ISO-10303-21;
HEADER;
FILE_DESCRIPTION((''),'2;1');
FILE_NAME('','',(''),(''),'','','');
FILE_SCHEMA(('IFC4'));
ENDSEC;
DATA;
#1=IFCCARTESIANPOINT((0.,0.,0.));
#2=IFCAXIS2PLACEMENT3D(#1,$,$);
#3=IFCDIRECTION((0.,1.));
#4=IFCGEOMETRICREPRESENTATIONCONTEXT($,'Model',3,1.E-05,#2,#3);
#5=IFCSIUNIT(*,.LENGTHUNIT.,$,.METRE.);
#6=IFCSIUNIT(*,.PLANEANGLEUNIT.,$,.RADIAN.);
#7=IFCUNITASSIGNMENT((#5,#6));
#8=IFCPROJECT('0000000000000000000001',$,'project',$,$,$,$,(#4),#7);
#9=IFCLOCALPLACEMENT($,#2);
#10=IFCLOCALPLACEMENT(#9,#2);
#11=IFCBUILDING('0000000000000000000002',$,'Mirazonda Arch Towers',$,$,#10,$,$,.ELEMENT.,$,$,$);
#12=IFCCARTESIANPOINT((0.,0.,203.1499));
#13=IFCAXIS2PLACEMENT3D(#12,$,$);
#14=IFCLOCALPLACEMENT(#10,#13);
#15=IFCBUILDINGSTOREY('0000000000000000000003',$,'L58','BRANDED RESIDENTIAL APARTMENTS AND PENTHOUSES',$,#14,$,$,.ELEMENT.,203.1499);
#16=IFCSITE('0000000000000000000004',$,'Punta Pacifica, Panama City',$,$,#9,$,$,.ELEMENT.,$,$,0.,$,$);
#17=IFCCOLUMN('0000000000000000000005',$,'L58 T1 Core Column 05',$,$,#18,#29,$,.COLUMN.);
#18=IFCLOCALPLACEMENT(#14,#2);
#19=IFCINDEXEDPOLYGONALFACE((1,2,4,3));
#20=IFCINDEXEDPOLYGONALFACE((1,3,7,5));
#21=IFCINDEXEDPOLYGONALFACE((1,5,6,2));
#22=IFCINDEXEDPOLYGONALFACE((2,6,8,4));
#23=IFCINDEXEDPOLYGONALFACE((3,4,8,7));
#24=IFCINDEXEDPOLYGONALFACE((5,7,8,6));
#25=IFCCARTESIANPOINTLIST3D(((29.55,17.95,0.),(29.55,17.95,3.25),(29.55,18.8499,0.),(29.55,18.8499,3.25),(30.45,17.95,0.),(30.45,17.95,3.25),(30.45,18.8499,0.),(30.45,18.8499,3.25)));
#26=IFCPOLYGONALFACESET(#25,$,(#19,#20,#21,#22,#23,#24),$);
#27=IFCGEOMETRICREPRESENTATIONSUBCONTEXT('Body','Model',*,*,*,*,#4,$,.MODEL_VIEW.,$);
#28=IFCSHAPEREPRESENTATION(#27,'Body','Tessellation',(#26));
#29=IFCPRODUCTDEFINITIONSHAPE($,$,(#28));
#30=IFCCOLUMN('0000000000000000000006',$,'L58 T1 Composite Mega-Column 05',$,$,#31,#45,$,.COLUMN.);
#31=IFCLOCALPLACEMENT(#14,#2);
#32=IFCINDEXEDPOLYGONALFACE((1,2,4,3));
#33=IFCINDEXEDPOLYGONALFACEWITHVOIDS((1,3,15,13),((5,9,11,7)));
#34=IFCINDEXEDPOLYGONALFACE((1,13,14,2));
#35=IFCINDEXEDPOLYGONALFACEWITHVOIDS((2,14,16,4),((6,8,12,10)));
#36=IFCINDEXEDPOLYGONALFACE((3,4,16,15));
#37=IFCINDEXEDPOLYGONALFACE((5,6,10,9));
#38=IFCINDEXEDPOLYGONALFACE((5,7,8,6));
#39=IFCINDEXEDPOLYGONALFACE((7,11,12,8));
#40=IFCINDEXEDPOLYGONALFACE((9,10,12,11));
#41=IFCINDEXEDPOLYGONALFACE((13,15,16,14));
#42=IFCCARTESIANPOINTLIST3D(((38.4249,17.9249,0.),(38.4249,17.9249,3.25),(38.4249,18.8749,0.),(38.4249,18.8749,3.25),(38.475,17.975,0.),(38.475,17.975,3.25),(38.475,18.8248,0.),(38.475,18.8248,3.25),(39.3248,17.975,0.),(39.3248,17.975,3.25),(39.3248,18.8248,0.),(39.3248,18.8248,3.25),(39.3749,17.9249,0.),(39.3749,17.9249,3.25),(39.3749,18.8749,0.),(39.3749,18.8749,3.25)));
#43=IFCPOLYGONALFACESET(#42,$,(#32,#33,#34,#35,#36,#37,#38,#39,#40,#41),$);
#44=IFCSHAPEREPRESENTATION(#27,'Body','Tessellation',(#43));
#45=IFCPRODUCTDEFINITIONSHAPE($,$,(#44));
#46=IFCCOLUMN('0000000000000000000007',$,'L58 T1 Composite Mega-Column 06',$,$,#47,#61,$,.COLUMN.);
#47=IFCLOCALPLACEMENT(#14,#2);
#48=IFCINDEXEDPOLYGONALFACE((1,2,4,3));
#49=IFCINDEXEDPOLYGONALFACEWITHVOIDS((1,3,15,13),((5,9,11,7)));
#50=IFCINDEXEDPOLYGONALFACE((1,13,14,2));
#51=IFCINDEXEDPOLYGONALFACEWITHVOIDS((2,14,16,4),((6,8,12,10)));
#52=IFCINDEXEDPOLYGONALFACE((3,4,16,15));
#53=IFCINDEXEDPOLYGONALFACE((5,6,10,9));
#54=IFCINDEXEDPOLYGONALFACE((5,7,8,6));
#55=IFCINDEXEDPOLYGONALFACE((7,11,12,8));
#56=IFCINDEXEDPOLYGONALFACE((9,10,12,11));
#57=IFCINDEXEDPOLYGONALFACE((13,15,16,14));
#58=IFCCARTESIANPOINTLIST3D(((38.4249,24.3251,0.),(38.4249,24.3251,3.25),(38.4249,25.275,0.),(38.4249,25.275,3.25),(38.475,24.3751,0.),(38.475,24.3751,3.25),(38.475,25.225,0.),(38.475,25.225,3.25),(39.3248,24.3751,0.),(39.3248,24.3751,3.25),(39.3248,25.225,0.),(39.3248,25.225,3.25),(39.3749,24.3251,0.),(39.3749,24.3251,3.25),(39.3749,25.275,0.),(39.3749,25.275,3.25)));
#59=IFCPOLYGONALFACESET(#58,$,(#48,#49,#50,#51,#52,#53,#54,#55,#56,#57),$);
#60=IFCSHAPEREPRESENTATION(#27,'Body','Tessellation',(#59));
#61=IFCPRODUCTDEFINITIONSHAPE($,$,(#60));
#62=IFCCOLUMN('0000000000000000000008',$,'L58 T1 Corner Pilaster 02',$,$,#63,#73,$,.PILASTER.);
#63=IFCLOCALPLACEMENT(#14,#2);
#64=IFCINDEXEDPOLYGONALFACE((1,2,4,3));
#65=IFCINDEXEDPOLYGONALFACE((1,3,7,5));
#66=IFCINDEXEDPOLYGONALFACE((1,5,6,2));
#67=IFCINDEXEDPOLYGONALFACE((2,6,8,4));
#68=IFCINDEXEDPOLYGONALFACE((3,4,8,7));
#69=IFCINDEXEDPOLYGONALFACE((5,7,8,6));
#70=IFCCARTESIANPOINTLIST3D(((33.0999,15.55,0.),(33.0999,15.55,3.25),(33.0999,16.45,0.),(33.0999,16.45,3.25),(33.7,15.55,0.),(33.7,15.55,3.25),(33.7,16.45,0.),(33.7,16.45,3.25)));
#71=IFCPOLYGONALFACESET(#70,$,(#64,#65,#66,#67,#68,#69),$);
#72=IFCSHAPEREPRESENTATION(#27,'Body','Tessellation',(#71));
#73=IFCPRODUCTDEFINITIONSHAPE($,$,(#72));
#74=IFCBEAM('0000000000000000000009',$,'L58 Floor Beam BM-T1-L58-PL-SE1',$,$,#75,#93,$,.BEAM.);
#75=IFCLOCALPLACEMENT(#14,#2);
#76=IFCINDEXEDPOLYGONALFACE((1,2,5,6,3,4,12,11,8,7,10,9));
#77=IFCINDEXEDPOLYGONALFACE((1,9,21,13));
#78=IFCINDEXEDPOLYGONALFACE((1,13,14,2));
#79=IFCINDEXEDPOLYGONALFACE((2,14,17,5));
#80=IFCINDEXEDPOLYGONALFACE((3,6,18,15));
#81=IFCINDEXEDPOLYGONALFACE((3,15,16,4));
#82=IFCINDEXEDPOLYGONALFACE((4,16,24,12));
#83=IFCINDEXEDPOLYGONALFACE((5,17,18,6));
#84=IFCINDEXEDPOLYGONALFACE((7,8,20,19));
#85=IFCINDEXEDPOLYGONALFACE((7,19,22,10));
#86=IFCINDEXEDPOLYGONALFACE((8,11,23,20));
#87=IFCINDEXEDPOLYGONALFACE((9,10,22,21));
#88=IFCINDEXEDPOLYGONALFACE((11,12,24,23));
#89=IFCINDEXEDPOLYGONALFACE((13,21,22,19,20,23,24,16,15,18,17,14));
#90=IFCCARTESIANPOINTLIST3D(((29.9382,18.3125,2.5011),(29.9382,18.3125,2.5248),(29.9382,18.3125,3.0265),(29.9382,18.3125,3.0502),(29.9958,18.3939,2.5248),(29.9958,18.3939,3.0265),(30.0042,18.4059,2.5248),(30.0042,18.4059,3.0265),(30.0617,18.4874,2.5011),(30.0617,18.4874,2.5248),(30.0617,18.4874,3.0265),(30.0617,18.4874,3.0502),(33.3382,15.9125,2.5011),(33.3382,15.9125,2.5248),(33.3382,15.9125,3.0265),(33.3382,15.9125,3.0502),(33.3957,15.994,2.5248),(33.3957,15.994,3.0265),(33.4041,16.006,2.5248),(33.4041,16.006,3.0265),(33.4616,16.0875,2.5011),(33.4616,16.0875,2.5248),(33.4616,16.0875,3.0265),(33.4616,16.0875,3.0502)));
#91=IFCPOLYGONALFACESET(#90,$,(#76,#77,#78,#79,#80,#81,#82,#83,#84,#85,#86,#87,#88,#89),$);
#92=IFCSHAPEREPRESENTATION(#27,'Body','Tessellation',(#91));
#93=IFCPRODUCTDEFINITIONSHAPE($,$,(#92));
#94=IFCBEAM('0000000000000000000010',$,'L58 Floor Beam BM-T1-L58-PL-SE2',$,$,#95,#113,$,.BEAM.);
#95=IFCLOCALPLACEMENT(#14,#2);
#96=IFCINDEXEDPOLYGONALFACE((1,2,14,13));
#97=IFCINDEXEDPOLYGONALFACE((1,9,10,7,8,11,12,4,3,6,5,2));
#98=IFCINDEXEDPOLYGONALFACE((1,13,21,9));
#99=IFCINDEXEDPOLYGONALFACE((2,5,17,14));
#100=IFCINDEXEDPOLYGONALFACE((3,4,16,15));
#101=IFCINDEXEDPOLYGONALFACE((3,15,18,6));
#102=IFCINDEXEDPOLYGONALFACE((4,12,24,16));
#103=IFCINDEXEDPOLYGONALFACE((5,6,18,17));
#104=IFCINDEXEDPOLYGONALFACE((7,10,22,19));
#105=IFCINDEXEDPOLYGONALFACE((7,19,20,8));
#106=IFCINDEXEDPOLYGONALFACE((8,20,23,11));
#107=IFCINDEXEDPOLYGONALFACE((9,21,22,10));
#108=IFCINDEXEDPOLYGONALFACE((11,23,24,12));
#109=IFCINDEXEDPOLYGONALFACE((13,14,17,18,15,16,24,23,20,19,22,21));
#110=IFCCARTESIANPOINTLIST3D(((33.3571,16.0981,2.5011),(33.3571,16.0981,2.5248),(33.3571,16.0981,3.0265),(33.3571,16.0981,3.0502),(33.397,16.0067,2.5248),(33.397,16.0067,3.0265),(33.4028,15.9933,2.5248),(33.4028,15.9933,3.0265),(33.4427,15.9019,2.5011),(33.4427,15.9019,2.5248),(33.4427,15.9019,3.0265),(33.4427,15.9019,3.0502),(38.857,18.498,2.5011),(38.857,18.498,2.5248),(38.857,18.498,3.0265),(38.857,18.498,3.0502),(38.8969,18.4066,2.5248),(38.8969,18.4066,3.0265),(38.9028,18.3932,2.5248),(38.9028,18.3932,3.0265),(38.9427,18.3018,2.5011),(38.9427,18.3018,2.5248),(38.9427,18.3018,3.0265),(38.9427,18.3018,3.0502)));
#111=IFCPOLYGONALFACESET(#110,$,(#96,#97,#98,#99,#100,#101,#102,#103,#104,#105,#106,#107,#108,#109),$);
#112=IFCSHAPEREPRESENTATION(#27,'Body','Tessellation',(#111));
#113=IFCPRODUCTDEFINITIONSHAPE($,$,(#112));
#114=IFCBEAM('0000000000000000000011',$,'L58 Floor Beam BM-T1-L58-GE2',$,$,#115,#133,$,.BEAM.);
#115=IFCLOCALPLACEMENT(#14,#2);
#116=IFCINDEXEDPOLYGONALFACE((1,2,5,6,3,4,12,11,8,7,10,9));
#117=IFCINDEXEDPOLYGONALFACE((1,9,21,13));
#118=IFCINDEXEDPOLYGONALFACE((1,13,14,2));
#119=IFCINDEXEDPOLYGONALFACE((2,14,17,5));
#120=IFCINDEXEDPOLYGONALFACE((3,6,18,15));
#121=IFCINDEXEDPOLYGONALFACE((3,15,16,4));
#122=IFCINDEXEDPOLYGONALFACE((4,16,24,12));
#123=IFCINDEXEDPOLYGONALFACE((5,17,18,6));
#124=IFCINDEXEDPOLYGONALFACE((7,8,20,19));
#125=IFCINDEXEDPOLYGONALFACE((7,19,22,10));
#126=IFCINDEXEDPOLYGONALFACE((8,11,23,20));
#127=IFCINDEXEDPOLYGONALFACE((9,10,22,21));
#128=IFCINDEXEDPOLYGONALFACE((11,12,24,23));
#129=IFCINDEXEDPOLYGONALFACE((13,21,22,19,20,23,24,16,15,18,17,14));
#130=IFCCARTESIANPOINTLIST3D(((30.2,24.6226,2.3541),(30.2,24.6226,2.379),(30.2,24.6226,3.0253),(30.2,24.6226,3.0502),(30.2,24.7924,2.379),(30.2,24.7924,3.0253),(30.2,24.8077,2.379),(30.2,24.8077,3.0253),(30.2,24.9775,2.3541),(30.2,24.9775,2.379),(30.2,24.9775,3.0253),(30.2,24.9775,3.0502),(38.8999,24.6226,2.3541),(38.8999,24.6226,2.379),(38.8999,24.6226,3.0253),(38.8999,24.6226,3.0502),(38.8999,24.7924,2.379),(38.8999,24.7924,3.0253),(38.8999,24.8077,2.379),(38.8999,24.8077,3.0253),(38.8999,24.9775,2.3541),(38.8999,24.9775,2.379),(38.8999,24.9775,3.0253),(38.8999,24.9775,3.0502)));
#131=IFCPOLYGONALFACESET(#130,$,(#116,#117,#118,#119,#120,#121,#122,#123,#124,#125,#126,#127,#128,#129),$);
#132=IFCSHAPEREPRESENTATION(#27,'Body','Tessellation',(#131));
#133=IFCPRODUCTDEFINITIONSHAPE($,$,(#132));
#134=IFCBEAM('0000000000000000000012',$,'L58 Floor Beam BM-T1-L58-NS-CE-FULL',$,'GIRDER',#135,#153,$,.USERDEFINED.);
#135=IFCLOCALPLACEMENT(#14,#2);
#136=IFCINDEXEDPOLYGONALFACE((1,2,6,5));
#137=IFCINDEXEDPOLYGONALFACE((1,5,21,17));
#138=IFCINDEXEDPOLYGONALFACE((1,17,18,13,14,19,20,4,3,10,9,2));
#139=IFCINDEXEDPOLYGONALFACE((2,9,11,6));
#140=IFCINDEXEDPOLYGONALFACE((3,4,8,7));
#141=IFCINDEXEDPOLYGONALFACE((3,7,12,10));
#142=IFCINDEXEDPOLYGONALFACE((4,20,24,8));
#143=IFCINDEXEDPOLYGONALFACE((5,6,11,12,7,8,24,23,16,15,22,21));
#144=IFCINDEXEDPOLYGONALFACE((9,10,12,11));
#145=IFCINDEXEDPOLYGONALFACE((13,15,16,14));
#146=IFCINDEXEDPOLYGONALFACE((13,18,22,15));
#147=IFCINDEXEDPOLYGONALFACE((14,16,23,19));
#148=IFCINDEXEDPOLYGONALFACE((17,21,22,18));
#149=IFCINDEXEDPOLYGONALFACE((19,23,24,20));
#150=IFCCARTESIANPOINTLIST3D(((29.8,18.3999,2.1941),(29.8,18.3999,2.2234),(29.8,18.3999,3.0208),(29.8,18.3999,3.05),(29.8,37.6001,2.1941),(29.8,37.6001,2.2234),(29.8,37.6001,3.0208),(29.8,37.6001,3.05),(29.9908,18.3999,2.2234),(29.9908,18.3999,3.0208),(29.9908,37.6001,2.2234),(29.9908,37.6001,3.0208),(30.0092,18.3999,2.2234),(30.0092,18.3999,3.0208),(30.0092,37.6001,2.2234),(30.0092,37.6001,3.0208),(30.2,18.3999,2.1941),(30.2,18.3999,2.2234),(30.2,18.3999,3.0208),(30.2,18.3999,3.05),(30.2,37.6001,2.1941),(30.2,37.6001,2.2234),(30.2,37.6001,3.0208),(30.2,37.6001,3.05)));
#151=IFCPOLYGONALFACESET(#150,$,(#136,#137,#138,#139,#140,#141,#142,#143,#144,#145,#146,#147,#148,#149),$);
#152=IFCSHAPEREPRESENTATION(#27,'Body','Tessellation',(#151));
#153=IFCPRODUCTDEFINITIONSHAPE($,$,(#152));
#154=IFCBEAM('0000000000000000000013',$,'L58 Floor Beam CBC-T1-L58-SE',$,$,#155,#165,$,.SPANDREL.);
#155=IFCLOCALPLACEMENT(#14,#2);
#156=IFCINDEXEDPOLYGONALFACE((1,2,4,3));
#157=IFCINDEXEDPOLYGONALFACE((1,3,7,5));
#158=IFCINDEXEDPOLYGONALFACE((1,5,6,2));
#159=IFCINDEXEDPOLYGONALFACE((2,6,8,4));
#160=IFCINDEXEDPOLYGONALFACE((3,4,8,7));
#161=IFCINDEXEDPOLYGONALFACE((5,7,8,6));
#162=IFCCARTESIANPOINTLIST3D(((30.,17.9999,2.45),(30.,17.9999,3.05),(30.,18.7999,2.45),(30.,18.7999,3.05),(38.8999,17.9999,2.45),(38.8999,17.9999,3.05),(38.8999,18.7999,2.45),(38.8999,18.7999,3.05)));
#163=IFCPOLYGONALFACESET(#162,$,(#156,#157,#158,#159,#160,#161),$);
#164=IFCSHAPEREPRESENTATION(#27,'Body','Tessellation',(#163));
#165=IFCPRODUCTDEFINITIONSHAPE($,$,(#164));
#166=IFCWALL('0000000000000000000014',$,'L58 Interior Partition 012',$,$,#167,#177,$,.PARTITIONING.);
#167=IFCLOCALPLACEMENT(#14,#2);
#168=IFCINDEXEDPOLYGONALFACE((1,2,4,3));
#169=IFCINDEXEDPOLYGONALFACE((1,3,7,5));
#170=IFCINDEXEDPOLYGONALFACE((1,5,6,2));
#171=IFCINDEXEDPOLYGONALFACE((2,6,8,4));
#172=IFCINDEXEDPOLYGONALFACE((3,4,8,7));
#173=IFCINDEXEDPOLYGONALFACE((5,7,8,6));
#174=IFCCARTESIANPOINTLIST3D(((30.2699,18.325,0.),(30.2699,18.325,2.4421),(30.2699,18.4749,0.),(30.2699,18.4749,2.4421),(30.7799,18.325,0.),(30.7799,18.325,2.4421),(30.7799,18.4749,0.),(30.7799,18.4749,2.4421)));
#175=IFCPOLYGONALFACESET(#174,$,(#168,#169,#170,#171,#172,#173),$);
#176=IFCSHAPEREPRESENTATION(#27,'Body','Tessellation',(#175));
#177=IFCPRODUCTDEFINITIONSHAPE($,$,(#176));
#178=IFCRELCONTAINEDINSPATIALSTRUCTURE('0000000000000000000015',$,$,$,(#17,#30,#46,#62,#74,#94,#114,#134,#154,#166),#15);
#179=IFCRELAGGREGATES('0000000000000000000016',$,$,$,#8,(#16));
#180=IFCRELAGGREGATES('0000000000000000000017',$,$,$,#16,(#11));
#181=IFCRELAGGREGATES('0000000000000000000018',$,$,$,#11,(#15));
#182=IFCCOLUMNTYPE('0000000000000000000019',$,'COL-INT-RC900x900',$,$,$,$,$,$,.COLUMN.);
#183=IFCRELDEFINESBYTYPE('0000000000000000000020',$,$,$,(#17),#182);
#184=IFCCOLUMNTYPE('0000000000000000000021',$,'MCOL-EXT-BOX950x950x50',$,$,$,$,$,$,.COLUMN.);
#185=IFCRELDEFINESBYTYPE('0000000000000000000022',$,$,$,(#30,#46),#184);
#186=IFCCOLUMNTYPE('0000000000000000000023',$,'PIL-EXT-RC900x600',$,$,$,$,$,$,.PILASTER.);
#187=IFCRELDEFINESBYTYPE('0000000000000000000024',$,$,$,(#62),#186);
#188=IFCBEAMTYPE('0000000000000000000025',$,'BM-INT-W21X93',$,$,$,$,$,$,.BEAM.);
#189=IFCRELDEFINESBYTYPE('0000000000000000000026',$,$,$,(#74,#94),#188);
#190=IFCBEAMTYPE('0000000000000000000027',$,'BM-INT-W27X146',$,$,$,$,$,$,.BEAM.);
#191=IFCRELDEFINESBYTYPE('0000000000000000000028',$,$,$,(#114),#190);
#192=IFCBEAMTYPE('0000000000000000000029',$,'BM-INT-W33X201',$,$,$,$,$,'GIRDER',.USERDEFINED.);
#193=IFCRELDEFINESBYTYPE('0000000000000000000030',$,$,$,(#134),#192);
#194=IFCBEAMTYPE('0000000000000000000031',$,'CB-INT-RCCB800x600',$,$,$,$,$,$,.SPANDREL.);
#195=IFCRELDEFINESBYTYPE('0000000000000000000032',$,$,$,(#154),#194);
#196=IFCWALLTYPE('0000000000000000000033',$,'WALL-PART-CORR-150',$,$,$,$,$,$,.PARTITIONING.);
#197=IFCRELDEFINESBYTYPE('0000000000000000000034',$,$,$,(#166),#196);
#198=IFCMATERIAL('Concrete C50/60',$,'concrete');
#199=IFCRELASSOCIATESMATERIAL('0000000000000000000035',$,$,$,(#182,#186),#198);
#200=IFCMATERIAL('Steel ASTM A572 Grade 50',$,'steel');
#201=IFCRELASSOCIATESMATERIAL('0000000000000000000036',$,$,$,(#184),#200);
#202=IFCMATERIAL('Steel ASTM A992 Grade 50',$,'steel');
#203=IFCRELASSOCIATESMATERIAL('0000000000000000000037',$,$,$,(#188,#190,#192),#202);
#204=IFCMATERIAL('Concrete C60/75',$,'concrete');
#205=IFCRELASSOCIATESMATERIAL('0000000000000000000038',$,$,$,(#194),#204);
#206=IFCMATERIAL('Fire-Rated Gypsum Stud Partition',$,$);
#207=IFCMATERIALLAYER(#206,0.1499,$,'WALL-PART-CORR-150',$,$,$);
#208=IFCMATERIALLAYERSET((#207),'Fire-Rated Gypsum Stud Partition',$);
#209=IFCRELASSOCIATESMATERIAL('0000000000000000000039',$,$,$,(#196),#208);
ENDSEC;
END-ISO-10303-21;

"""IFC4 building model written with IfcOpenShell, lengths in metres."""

from ifc_helpers import new_model, si_unit, direction, frame, frame_2d, origin, origin_2d, place, context, subcontext, project, spatial, rectangle, hollow_rectangle, i_section, extrude, material, layer, layer_set, material_profile, profile_set, type_object, element, save


model = new_model("IFC4")

# Units and contexts
model_context = context("Model", 3, precision=1e-05, world=origin(), true_north=direction((0.0, 1.0)))
body_context = subcontext(model_context, "Body", "Model", "MODEL_VIEW")
ifc_project = project(units=[si_unit("LENGTHUNIT", "METRE"), si_unit("PLANEANGLEUNIT", "RADIAN")], contexts=[model_context])

# Site, building, storey
site_placement = place(None, origin())
site = spatial("IfcSite", under=ifc_project, at=site_placement, Name="Punta Pacifica, Panama City", CompositionType="ELEMENT", RefElevation=0.0)
building_placement = place(site_placement, origin())
building = spatial("IfcBuilding", under=site, at=building_placement, Name="Mirazonda Arch Towers", CompositionType="ELEMENT")
storey_placement = place(building_placement, frame((0.0, 0.0, 203.1499)))
storey = spatial("IfcBuildingStorey", under=building, at=storey_placement, Name="L58", Description="BRANDED RESIDENTIAL APARTMENTS AND PENTHOUSES", CompositionType="ELEMENT", Elevation=203.1499)

# Columns
ifc_material_1 = material(Name="Concrete C50/60", Category="concrete")
ifc_material_profile_1 = material_profile(ifc_material_1, rectangle(XDim=0.8999, YDim=0.8999, at=origin_2d()), Name="RC900x900")
ifc_profile_set_1 = profile_set([ifc_material_profile_1], Name="Concrete C50/60")
column_type_1 = type_object("IfcColumnType", Name="COL-INT-RC900x900", PredefinedType="COLUMN", material=ifc_profile_set_1)
column_1_placement = place(storey_placement, frame((30.0, 18.3999, 0.0), z_axis=(0.0, 0.0, 1.0), x_axis=(1.0, 0.0, 0.0)))
element("IfcColumn", 1, at=column_1_placement, inside=storey, type_object=column_type_1, Name="L58 T1 Core Column 05", PredefinedType="COLUMN", context=body_context, shape_type="SweptSolid", body=[
    extrude(rectangle(XDim=0.8999, YDim=0.8999, at=origin_2d()), origin(), (0.0, 0.0, 1.0), 3.25),
])
ifc_material_2 = material(Name="Steel ASTM A572 Grade 50", Category="steel")
ifc_material_profile_2 = material_profile(ifc_material_2, hollow_rectangle(XDim=0.95, YDim=0.95, WallThickness=0.05, at=origin_2d()), Name="BOX950x950x50")
ifc_profile_set_2 = profile_set([ifc_material_profile_2], Name="Steel ASTM A572 Grade 50")
column_type_2 = type_object("IfcColumnType", Name="MCOL-EXT-BOX950x950x50", PredefinedType="COLUMN", material=ifc_profile_set_2)
for number, where, z_axis, x_axis, name in (
    (2, (38.8999, 18.3999, 0.0), (0.0, 0.0, 1.0), (1.0, 0.0, 0.0), "L58 T1 Composite Mega-Column 05"),
    (3, (38.8999, 24.8, 0.0), (0.0, 0.0, 1.0), (1.0, 0.0, 0.0), "L58 T1 Composite Mega-Column 06"),
):
    element("IfcColumn", number, at=place(storey_placement, frame(where, z_axis=z_axis, x_axis=x_axis)), inside=storey, type_object=column_type_2, Name=name, PredefinedType="COLUMN", context=body_context, shape_type="SweptSolid", body=[
        extrude(hollow_rectangle(XDim=0.95, YDim=0.95, WallThickness=0.05, at=origin_2d()), origin(), (0.0, 0.0, 1.0), 3.25),
    ])
ifc_material_profile_3 = material_profile(ifc_material_1, rectangle(XDim=0.6001, YDim=0.8999, at=origin_2d()), Name="RC900x600")
ifc_profile_set_3 = profile_set([ifc_material_profile_3], Name="Concrete C50/60")
column_type_3 = type_object("IfcColumnType", Name="PIL-EXT-RC900x600", PredefinedType="PILASTER", material=ifc_profile_set_3)
column_2_placement = place(storey_placement, frame((33.3999, 16.0, 0.0), z_axis=(0.0, 0.0, 1.0), x_axis=(1.0, 0.0, 0.0)))
element("IfcColumn", 4, at=column_2_placement, inside=storey, type_object=column_type_3, Name="L58 T1 Corner Pilaster 02", PredefinedType="PILASTER", context=body_context, shape_type="SweptSolid", body=[
    extrude(rectangle(XDim=0.6001, YDim=0.8999, at=origin_2d()), origin(), (0.0, 0.0, 1.0), 3.25),
])

# Beams
ifc_material_3 = material(Name="Steel ASTM A992 Grade 50", Category="steel")
ifc_material_profile_4 = material_profile(ifc_material_3, i_section(OverallWidth=0.2141, OverallDepth=0.5491, WebThickness=0.0146, FlangeThickness=0.0237, at=origin_2d()), Name="W21X93")
ifc_profile_set_4 = profile_set([ifc_material_profile_4], Name="Steel ASTM A992 Grade 50")
beam_type_1 = type_object("IfcBeamType", Name="BM-INT-W21X93", PredefinedType="BEAM", material=ifc_profile_set_4)
beam_1_placement = place(storey_placement, frame((33.3999, 16.0, 2.7756), z_axis=(-0.816971, 0.576679, 0.0), x_axis=(-0.576679, -0.816971, 0.0)))
element("IfcBeam", 5, at=beam_1_placement, inside=storey, type_object=beam_type_1, Name="L58 Floor Beam BM-T1-L58-PL-SE1", PredefinedType="BEAM", context=body_context, shape_type="SweptSolid", body=[
    extrude(i_section(OverallWidth=0.2141, OverallDepth=0.5491, WebThickness=0.0146, FlangeThickness=0.0237, at=origin_2d()), origin(), (0.0, 0.0, 1.0), 4.1616),
])
beam_2_placement = place(storey_placement, frame((33.3999, 16.0, 2.7756), z_axis=(0.916545, 0.399931, 0.0), x_axis=(-0.399931, 0.916545, 0.0)))
element("IfcBeam", 6, at=beam_2_placement, inside=storey, type_object=beam_type_1, Name="L58 Floor Beam BM-T1-L58-PL-SE2", PredefinedType="BEAM", context=body_context, shape_type="SweptSolid", body=[
    extrude(i_section(OverallWidth=0.2141, OverallDepth=0.5491, WebThickness=0.0146, FlangeThickness=0.0237, at=origin_2d()), origin(), (0.0, 0.0, 1.0), 6.0007),
])
ifc_material_profile_5 = material_profile(ifc_material_3, i_section(OverallWidth=0.355, OverallDepth=0.696, WebThickness=0.0154, FlangeThickness=0.0249, at=origin_2d()), Name="W27X146")
ifc_profile_set_5 = profile_set([ifc_material_profile_5], Name="Steel ASTM A992 Grade 50")
beam_type_2 = type_object("IfcBeamType", Name="BM-INT-W27X146", PredefinedType="BEAM", material=ifc_profile_set_5)
beam_3_placement = place(storey_placement, frame((30.2, 24.8, 2.7021), z_axis=(1.0, 0.0, 0.0), x_axis=(0.0, 1.0, 0.0)))
element("IfcBeam", 7, at=beam_3_placement, inside=storey, type_object=beam_type_2, Name="L58 Floor Beam BM-T1-L58-GE2", PredefinedType="BEAM", context=body_context, shape_type="SweptSolid", body=[
    extrude(i_section(OverallWidth=0.355, OverallDepth=0.696, WebThickness=0.0154, FlangeThickness=0.0249, at=origin_2d()), origin(), (0.0, 0.0, 1.0), 8.7),
])
ifc_material_profile_6 = material_profile(ifc_material_3, i_section(OverallWidth=0.3999, OverallDepth=0.856, WebThickness=0.0183, FlangeThickness=0.0293, at=origin_2d()), Name="W33X201")
ifc_profile_set_6 = profile_set([ifc_material_profile_6], Name="Steel ASTM A992 Grade 50")
beam_type_3 = type_object("IfcBeamType", Name="BM-INT-W33X201", ElementType="GIRDER", PredefinedType="USERDEFINED", material=ifc_profile_set_6)
beam_4_placement = place(storey_placement, frame((30.0, 18.3999, 2.6221), z_axis=(0.0, 1.0, 0.0), x_axis=(-1.0, 0.0, 0.0)))
element("IfcBeam", 8, at=beam_4_placement, inside=storey, type_object=beam_type_3, Name="L58 Floor Beam BM-T1-L58-NS-CE-FULL", ObjectType="GIRDER", PredefinedType="USERDEFINED", context=body_context, shape_type="SweptSolid", body=[
    extrude(i_section(OverallWidth=0.3999, OverallDepth=0.856, WebThickness=0.0183, FlangeThickness=0.0293, at=origin_2d()), origin(), (0.0, 0.0, 1.0), 19.2002),
])
ifc_material_4 = material(Name="Concrete C60/75", Category="concrete")
ifc_material_profile_7 = material_profile(ifc_material_4, rectangle(XDim=0.8, YDim=0.6001, at=origin_2d()), Name="RCCB800x600")
ifc_profile_set_7 = profile_set([ifc_material_profile_7], Name="Concrete C60/75")
beam_type_4 = type_object("IfcBeamType", Name="CB-INT-RCCB800x600", PredefinedType="SPANDREL", material=ifc_profile_set_7)
beam_5_placement = place(storey_placement, frame((30.0, 18.3999, 2.75), z_axis=(1.0, 0.0, 0.0), x_axis=(0.0, 1.0, 0.0)))
element("IfcBeam", 9, at=beam_5_placement, inside=storey, type_object=beam_type_4, Name="L58 Floor Beam CBC-T1-L58-SE", PredefinedType="SPANDREL", context=body_context, shape_type="SweptSolid", body=[
    extrude(rectangle(XDim=0.8, YDim=0.6001, at=origin_2d()), origin(), (0.0, 0.0, 1.0), 8.8999),
])

# Wall
ifc_material_5 = material(Name="Fire-Rated Gypsum Stud Partition")
ifc_layer_1 = layer(ifc_material_5, 0.1499, Name="WALL-PART-CORR-150")
ifc_layer_set_1 = layer_set([ifc_layer_1], Name="Fire-Rated Gypsum Stud Partition")
wall_type_1 = type_object("IfcWallType", Name="WALL-PART-CORR-150", PredefinedType="PARTITIONING", material=ifc_layer_set_1)
wall_1_placement = place(storey_placement, frame((30.27, 18.3999, 0.0), z_axis=(0.0, 0.0, 1.0), x_axis=(1.0, 0.0, 0.0)))
element("IfcWall", 10, at=wall_1_placement, inside=storey, type_object=wall_type_1, Name="L58 Interior Partition 012", PredefinedType="PARTITIONING", context=body_context, shape_type="SweptSolid", body=[
    extrude(rectangle(XDim=0.51, YDim=0.1499, at=frame_2d((0.2549, 0.0))), origin(), (0.0, 0.0, 1.0), 2.4421),
])

save(model, "model.ifc")
